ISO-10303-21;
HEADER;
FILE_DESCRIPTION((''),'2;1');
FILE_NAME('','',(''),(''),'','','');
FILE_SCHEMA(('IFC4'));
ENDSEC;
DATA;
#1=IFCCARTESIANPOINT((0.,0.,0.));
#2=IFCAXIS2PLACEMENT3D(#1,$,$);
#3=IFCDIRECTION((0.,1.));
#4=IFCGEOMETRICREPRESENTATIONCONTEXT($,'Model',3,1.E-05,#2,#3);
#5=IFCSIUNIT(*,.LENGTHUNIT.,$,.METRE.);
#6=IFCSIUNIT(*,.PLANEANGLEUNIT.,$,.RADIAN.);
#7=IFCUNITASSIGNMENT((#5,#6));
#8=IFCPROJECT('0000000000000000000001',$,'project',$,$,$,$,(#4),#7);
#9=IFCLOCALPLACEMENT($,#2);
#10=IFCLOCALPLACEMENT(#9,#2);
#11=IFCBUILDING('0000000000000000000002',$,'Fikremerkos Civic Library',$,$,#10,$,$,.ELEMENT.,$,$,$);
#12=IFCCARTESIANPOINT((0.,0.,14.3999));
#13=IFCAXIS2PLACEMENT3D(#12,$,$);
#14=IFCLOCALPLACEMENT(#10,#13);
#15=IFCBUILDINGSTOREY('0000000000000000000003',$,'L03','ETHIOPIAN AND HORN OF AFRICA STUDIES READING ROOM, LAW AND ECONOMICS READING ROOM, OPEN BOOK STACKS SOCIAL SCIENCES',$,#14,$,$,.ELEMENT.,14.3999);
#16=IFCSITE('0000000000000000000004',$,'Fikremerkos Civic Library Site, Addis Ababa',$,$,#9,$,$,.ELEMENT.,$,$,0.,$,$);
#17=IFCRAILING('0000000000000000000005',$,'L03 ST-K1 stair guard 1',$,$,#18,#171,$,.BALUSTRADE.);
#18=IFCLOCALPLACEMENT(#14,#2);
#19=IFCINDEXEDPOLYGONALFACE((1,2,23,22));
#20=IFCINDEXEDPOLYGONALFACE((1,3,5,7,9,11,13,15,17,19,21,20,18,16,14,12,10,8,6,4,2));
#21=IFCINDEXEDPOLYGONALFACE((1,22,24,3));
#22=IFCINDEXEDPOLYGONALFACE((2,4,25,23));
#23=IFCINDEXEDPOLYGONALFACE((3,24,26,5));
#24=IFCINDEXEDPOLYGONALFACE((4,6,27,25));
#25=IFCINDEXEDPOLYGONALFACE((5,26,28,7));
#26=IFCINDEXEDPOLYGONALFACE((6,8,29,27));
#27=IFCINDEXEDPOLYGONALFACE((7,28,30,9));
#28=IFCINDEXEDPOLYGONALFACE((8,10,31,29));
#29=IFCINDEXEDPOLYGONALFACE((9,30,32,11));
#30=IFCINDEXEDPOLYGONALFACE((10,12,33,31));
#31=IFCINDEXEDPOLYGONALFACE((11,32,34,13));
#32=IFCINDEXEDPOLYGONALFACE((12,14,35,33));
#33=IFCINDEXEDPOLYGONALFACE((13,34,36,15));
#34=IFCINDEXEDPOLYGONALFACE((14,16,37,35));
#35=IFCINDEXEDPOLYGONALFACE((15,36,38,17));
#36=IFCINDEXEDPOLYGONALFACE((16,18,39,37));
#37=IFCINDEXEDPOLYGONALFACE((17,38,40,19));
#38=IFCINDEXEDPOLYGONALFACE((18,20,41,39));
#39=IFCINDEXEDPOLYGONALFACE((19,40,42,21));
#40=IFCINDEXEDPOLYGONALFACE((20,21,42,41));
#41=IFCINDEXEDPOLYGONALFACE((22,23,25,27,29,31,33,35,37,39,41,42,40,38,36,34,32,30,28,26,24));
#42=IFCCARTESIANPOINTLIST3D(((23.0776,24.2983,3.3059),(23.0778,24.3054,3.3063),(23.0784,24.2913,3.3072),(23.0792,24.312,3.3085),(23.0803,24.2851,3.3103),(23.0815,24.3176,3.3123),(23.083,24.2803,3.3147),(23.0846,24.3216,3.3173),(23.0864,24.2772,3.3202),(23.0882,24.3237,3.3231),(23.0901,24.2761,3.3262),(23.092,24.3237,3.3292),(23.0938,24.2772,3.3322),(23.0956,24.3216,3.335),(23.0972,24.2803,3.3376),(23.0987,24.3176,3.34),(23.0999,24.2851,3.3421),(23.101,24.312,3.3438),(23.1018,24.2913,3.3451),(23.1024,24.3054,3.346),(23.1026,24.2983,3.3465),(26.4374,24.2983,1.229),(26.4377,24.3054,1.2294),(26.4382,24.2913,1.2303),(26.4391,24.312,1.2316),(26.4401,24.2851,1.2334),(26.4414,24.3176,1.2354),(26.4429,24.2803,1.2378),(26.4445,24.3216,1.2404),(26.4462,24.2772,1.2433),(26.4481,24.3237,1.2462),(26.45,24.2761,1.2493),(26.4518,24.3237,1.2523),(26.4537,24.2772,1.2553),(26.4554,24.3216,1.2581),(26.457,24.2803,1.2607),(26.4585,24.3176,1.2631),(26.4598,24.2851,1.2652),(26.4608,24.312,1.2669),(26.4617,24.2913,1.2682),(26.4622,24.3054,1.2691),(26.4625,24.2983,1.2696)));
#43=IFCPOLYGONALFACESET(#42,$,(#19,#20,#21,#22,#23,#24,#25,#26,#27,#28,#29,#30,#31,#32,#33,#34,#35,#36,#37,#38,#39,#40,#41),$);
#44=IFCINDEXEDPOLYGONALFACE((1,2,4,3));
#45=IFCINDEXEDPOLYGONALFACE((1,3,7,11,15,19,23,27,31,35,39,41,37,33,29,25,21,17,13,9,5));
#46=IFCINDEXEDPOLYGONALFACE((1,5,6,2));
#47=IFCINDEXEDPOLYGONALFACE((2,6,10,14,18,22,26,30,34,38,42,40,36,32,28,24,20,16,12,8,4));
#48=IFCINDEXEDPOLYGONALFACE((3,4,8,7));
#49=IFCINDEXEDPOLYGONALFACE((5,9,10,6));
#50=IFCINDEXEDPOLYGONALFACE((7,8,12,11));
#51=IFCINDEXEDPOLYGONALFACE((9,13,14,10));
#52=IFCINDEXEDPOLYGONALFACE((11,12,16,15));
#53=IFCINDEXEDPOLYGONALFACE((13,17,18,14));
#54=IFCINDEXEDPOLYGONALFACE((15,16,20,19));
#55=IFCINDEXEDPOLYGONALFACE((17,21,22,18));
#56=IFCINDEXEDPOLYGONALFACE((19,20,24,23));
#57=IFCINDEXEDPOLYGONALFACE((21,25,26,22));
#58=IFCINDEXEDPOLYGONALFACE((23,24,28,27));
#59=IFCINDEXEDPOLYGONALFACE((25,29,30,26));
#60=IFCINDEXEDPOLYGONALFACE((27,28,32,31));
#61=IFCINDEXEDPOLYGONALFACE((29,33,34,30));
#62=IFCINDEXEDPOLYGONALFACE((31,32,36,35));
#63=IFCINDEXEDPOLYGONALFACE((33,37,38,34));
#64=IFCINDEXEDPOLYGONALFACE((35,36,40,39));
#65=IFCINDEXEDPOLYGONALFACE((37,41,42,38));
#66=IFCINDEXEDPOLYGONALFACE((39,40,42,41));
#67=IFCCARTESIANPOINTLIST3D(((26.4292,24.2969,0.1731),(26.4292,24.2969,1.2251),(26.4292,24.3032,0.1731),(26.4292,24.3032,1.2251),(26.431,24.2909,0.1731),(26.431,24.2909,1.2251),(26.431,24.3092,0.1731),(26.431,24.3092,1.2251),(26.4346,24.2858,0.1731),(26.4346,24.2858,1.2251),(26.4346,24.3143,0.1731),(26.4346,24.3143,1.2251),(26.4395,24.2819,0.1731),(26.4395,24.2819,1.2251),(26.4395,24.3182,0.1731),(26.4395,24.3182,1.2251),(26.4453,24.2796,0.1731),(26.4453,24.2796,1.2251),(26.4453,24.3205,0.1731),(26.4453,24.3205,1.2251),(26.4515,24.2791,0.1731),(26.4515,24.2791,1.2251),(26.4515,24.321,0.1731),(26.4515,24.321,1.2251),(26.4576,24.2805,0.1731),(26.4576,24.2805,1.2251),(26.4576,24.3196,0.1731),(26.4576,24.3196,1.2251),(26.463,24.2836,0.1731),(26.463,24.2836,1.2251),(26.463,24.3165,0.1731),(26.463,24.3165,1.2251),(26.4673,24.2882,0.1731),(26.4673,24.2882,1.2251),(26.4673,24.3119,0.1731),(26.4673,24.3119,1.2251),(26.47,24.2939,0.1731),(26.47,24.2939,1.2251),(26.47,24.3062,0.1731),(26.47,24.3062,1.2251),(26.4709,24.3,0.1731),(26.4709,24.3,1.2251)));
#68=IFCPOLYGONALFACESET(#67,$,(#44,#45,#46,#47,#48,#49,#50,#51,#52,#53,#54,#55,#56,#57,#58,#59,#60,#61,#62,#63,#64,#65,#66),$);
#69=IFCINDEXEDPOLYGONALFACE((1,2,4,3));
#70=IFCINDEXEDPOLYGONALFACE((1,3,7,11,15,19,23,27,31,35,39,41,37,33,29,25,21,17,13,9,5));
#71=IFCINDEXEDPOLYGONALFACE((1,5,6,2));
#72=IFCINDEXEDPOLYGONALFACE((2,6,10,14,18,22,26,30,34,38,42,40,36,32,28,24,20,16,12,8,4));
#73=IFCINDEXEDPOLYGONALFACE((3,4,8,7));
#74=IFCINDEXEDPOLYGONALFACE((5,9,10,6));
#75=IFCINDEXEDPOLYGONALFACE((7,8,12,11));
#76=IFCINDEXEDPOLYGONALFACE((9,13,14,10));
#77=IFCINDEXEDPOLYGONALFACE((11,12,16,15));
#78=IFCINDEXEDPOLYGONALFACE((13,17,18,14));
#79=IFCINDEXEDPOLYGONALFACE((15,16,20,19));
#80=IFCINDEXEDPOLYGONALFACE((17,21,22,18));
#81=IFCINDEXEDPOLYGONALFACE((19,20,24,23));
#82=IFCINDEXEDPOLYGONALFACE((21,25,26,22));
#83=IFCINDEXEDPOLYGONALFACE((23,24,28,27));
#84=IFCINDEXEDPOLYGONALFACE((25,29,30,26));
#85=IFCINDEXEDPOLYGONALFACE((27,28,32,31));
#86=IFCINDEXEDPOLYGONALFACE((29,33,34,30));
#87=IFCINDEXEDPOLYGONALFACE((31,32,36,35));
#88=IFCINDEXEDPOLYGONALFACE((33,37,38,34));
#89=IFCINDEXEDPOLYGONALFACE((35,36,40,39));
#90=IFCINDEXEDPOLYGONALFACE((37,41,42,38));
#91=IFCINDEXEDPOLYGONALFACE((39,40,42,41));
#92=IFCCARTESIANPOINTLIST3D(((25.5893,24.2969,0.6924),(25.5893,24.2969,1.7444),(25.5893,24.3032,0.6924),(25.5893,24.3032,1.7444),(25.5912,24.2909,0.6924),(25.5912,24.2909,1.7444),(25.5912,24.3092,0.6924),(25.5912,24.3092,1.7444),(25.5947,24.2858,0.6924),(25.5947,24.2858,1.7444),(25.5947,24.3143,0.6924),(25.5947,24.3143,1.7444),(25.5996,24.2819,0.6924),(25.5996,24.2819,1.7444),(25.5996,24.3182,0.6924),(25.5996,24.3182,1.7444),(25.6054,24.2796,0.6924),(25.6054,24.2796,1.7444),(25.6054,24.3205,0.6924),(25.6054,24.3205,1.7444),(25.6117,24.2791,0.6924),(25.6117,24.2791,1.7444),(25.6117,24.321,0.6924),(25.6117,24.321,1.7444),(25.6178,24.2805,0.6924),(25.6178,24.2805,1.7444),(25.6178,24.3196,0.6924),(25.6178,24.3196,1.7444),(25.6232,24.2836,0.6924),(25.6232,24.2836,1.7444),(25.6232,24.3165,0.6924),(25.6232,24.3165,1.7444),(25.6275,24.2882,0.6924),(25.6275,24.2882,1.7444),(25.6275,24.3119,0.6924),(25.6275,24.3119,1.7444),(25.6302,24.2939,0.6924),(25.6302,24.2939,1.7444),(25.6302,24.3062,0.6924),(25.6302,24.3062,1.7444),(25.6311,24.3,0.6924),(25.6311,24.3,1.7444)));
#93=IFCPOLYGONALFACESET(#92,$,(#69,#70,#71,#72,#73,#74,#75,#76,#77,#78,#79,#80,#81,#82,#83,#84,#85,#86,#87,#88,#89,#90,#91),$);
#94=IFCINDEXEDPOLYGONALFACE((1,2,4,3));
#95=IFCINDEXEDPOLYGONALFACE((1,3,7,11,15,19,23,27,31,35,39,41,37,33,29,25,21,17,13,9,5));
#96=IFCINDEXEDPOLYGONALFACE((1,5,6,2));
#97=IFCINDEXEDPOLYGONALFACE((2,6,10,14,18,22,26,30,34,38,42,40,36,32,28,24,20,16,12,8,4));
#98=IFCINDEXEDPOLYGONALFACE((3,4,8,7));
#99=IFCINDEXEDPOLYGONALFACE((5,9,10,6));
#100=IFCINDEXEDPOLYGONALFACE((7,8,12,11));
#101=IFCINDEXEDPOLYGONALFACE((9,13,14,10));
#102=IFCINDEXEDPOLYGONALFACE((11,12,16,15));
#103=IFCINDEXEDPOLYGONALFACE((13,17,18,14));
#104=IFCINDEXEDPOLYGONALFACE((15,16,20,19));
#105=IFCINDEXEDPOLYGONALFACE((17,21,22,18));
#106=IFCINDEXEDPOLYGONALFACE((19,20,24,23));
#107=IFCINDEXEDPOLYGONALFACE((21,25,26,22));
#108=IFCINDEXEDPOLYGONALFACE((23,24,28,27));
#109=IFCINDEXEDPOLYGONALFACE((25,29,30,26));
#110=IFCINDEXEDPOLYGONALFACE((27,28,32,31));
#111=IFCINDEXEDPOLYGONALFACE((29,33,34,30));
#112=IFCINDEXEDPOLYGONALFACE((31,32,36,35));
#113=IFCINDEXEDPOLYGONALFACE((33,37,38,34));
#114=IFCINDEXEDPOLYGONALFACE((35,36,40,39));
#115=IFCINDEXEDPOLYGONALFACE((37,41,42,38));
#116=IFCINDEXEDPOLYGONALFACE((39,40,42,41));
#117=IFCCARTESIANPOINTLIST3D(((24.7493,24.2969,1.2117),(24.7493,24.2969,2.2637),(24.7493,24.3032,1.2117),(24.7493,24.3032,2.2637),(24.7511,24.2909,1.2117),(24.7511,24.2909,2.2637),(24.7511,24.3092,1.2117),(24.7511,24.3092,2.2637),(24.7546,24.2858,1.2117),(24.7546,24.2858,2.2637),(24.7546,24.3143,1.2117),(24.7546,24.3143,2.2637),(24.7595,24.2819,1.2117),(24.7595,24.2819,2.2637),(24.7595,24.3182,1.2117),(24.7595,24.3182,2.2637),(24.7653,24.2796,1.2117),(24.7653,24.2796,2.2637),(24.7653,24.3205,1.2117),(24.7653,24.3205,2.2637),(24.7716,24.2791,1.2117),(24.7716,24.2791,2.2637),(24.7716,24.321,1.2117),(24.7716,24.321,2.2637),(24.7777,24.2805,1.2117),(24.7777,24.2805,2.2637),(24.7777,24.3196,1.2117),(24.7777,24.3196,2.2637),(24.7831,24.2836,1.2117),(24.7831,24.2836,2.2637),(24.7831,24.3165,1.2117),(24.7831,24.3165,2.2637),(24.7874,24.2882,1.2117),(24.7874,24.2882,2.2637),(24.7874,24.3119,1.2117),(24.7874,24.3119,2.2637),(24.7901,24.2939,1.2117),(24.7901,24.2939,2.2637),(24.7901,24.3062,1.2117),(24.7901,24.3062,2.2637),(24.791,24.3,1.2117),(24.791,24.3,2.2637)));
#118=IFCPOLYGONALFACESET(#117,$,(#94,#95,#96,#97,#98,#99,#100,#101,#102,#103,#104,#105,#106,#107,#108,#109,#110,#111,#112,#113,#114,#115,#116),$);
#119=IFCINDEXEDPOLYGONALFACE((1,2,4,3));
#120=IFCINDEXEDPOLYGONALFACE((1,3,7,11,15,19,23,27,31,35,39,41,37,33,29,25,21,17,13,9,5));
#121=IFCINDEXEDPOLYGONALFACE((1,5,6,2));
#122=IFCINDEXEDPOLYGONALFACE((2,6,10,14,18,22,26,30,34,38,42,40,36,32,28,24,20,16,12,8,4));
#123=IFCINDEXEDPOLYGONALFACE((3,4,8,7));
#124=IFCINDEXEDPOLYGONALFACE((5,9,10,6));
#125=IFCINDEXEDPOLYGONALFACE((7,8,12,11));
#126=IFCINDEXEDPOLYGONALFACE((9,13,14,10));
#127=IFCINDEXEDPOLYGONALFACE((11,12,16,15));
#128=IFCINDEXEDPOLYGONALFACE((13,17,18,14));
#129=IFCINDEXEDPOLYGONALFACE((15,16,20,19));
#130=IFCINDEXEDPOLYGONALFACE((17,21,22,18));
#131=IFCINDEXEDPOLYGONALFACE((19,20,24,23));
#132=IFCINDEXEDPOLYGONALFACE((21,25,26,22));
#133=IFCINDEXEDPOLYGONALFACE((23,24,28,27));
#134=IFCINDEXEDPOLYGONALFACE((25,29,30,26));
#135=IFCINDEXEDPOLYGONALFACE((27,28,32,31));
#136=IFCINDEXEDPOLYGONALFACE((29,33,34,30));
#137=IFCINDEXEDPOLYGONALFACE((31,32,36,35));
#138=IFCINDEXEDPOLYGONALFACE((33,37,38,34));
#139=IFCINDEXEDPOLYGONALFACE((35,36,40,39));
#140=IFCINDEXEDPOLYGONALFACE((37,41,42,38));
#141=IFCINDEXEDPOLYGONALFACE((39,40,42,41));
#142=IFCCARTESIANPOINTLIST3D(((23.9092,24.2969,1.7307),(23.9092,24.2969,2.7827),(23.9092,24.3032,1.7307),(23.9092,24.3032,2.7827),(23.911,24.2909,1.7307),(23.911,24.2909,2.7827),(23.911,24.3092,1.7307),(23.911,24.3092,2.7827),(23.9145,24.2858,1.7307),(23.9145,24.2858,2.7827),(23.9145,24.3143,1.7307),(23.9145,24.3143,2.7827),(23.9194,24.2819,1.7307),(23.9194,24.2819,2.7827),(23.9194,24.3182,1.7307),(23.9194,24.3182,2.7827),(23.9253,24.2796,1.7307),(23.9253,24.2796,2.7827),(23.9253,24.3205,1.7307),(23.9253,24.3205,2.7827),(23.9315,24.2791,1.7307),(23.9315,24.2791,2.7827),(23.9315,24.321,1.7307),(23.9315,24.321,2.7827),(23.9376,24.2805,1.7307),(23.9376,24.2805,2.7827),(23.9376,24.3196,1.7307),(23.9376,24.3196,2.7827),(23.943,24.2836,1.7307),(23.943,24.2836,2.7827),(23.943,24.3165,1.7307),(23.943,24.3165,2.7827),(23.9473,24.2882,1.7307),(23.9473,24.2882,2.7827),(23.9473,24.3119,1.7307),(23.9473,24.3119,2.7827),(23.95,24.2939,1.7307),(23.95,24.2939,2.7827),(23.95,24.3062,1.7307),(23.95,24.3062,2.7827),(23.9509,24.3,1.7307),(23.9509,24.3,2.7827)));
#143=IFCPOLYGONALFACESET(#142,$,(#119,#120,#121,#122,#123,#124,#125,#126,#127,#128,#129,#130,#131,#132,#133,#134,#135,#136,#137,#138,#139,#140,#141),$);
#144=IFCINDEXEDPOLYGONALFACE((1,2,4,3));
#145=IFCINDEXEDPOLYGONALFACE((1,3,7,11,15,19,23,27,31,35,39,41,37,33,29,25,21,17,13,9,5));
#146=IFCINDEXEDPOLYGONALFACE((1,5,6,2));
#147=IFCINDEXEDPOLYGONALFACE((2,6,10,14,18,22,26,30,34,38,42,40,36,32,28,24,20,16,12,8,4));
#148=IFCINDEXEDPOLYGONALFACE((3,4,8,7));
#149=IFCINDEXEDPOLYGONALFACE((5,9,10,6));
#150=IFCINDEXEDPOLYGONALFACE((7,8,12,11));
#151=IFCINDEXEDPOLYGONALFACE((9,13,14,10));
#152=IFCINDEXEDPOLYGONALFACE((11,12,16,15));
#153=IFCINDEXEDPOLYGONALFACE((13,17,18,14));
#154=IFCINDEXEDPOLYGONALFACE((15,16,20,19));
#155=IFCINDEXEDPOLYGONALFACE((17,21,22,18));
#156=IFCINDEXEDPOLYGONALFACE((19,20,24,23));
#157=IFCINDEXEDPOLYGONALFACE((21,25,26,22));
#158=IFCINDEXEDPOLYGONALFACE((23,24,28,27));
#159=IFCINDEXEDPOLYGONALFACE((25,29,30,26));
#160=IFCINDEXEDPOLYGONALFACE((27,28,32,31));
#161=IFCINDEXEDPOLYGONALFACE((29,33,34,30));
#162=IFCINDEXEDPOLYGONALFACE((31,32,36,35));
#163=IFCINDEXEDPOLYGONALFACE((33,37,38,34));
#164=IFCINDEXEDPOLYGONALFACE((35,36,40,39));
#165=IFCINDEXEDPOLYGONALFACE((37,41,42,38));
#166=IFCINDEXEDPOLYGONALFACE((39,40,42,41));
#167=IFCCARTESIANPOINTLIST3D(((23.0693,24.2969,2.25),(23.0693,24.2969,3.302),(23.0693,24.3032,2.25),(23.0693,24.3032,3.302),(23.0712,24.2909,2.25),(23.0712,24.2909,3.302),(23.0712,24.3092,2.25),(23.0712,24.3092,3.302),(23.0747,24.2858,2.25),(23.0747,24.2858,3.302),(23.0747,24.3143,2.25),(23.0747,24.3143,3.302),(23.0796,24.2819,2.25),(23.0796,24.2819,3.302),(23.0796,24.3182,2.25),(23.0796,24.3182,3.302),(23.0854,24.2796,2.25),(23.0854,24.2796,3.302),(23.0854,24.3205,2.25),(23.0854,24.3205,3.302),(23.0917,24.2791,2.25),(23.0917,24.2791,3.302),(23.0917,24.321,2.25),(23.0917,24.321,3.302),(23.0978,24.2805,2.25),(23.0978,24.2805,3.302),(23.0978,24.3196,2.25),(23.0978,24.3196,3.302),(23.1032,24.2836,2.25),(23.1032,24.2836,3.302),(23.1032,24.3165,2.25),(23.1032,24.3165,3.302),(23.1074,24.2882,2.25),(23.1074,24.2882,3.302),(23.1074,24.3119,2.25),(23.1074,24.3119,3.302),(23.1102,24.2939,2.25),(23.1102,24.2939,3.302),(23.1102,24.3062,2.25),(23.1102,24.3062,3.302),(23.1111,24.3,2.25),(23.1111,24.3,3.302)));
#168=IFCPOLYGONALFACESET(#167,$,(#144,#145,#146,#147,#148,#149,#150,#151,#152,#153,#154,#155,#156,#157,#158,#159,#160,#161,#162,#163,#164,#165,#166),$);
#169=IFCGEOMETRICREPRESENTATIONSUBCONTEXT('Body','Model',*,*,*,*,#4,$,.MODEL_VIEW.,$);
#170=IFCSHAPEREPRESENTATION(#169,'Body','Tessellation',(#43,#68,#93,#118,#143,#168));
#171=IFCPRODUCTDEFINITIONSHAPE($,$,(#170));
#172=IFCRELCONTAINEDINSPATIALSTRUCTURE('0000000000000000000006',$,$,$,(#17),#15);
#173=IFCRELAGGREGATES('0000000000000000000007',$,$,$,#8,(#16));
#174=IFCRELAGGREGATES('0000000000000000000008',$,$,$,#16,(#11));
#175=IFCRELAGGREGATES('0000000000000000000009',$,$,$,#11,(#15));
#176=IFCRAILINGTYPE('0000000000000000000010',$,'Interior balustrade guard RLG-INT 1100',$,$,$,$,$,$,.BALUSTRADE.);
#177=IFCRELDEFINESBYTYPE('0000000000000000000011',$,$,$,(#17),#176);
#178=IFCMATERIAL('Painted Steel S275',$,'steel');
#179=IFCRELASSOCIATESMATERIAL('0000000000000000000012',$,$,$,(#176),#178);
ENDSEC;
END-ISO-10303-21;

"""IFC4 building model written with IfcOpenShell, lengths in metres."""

from ifc_helpers import new_model, si_unit, direction, frame, origin, origin_2d, place, context, subcontext, project, spatial, circle, extrude, material, type_object, element, save


model = new_model("IFC4")

# Units and contexts
model_context = context("Model", 3, precision=1e-05, world=origin(), true_north=direction((0.0, 1.0)))
body_context = subcontext(model_context, "Body", "Model", "MODEL_VIEW")
ifc_project = project(units=[si_unit("LENGTHUNIT", "METRE"), si_unit("PLANEANGLEUNIT", "RADIAN")], contexts=[model_context])

# Site, building, storey
site_placement = place(None, origin())
site = spatial("IfcSite", under=ifc_project, at=site_placement, Name="Fikremerkos Civic Library Site, Addis Ababa", CompositionType="ELEMENT", RefElevation=0.0)
building_placement = place(site_placement, origin())
building = spatial("IfcBuilding", under=site, at=building_placement, Name="Fikremerkos Civic Library", CompositionType="ELEMENT")
storey_placement = place(building_placement, frame((0.0, 0.0, 14.3999)))
storey = spatial("IfcBuildingStorey", under=building, at=storey_placement, Name="L03", Description="ETHIOPIAN AND HORN OF AFRICA STUDIES READING ROOM, LAW AND ECONOMICS READING ROOM, OPEN BOOK STACKS SOCIAL SCIENCES", CompositionType="ELEMENT", Elevation=14.3999)

# Railing
ifc_material_1 = material(Name="Painted Steel S275", Category="steel")
railing_type_1 = type_object("IfcRailingType", Name="Interior balustrade guard RLG-INT 1100", PredefinedType="BALUSTRADE", material=ifc_material_1)
railing_1_placement = place(storey_placement, frame((26.45, 24.3, 0.1731)))
element("IfcRailing", 1, at=railing_1_placement, inside=storey, type_object=railing_type_1, Name="L03 ST-K1 stair guard 1", PredefinedType="BALUSTRADE", context=body_context, shape_type="SweptSolid", body=[
    extrude(circle(Radius=0.0239, at=origin_2d()), frame((0.0, 0.0, 1.0762), z_axis=(-0.850606, 0.0, 0.525803), x_axis=(0.0, -1.0, 0.0)), (0.0, 0.0, 1.0), 3.95),
    extrude(circle(Radius=0.021, at=origin_2d()), origin(), (0.0, 0.0, 1.0), 1.052),
    extrude(circle(Radius=0.021, at=origin_2d()), frame((-0.8398, 0.0, 0.5193)), (0.0, 0.0, 1.0), 1.052),
    extrude(circle(Radius=0.021, at=origin_2d()), frame((-1.6799, 0.0, 1.0386)), (0.0, 0.0, 1.0), 1.052),
    extrude(circle(Radius=0.021, at=origin_2d()), frame((-2.52, 0.0, 1.5576)), (0.0, 0.0, 1.0), 1.052),
    extrude(circle(Radius=0.021, at=origin_2d()), frame((-3.3599, 0.0, 2.0769)), (0.0, 0.0, 1.0), 1.052),
])

save(model, "model.ifc")
